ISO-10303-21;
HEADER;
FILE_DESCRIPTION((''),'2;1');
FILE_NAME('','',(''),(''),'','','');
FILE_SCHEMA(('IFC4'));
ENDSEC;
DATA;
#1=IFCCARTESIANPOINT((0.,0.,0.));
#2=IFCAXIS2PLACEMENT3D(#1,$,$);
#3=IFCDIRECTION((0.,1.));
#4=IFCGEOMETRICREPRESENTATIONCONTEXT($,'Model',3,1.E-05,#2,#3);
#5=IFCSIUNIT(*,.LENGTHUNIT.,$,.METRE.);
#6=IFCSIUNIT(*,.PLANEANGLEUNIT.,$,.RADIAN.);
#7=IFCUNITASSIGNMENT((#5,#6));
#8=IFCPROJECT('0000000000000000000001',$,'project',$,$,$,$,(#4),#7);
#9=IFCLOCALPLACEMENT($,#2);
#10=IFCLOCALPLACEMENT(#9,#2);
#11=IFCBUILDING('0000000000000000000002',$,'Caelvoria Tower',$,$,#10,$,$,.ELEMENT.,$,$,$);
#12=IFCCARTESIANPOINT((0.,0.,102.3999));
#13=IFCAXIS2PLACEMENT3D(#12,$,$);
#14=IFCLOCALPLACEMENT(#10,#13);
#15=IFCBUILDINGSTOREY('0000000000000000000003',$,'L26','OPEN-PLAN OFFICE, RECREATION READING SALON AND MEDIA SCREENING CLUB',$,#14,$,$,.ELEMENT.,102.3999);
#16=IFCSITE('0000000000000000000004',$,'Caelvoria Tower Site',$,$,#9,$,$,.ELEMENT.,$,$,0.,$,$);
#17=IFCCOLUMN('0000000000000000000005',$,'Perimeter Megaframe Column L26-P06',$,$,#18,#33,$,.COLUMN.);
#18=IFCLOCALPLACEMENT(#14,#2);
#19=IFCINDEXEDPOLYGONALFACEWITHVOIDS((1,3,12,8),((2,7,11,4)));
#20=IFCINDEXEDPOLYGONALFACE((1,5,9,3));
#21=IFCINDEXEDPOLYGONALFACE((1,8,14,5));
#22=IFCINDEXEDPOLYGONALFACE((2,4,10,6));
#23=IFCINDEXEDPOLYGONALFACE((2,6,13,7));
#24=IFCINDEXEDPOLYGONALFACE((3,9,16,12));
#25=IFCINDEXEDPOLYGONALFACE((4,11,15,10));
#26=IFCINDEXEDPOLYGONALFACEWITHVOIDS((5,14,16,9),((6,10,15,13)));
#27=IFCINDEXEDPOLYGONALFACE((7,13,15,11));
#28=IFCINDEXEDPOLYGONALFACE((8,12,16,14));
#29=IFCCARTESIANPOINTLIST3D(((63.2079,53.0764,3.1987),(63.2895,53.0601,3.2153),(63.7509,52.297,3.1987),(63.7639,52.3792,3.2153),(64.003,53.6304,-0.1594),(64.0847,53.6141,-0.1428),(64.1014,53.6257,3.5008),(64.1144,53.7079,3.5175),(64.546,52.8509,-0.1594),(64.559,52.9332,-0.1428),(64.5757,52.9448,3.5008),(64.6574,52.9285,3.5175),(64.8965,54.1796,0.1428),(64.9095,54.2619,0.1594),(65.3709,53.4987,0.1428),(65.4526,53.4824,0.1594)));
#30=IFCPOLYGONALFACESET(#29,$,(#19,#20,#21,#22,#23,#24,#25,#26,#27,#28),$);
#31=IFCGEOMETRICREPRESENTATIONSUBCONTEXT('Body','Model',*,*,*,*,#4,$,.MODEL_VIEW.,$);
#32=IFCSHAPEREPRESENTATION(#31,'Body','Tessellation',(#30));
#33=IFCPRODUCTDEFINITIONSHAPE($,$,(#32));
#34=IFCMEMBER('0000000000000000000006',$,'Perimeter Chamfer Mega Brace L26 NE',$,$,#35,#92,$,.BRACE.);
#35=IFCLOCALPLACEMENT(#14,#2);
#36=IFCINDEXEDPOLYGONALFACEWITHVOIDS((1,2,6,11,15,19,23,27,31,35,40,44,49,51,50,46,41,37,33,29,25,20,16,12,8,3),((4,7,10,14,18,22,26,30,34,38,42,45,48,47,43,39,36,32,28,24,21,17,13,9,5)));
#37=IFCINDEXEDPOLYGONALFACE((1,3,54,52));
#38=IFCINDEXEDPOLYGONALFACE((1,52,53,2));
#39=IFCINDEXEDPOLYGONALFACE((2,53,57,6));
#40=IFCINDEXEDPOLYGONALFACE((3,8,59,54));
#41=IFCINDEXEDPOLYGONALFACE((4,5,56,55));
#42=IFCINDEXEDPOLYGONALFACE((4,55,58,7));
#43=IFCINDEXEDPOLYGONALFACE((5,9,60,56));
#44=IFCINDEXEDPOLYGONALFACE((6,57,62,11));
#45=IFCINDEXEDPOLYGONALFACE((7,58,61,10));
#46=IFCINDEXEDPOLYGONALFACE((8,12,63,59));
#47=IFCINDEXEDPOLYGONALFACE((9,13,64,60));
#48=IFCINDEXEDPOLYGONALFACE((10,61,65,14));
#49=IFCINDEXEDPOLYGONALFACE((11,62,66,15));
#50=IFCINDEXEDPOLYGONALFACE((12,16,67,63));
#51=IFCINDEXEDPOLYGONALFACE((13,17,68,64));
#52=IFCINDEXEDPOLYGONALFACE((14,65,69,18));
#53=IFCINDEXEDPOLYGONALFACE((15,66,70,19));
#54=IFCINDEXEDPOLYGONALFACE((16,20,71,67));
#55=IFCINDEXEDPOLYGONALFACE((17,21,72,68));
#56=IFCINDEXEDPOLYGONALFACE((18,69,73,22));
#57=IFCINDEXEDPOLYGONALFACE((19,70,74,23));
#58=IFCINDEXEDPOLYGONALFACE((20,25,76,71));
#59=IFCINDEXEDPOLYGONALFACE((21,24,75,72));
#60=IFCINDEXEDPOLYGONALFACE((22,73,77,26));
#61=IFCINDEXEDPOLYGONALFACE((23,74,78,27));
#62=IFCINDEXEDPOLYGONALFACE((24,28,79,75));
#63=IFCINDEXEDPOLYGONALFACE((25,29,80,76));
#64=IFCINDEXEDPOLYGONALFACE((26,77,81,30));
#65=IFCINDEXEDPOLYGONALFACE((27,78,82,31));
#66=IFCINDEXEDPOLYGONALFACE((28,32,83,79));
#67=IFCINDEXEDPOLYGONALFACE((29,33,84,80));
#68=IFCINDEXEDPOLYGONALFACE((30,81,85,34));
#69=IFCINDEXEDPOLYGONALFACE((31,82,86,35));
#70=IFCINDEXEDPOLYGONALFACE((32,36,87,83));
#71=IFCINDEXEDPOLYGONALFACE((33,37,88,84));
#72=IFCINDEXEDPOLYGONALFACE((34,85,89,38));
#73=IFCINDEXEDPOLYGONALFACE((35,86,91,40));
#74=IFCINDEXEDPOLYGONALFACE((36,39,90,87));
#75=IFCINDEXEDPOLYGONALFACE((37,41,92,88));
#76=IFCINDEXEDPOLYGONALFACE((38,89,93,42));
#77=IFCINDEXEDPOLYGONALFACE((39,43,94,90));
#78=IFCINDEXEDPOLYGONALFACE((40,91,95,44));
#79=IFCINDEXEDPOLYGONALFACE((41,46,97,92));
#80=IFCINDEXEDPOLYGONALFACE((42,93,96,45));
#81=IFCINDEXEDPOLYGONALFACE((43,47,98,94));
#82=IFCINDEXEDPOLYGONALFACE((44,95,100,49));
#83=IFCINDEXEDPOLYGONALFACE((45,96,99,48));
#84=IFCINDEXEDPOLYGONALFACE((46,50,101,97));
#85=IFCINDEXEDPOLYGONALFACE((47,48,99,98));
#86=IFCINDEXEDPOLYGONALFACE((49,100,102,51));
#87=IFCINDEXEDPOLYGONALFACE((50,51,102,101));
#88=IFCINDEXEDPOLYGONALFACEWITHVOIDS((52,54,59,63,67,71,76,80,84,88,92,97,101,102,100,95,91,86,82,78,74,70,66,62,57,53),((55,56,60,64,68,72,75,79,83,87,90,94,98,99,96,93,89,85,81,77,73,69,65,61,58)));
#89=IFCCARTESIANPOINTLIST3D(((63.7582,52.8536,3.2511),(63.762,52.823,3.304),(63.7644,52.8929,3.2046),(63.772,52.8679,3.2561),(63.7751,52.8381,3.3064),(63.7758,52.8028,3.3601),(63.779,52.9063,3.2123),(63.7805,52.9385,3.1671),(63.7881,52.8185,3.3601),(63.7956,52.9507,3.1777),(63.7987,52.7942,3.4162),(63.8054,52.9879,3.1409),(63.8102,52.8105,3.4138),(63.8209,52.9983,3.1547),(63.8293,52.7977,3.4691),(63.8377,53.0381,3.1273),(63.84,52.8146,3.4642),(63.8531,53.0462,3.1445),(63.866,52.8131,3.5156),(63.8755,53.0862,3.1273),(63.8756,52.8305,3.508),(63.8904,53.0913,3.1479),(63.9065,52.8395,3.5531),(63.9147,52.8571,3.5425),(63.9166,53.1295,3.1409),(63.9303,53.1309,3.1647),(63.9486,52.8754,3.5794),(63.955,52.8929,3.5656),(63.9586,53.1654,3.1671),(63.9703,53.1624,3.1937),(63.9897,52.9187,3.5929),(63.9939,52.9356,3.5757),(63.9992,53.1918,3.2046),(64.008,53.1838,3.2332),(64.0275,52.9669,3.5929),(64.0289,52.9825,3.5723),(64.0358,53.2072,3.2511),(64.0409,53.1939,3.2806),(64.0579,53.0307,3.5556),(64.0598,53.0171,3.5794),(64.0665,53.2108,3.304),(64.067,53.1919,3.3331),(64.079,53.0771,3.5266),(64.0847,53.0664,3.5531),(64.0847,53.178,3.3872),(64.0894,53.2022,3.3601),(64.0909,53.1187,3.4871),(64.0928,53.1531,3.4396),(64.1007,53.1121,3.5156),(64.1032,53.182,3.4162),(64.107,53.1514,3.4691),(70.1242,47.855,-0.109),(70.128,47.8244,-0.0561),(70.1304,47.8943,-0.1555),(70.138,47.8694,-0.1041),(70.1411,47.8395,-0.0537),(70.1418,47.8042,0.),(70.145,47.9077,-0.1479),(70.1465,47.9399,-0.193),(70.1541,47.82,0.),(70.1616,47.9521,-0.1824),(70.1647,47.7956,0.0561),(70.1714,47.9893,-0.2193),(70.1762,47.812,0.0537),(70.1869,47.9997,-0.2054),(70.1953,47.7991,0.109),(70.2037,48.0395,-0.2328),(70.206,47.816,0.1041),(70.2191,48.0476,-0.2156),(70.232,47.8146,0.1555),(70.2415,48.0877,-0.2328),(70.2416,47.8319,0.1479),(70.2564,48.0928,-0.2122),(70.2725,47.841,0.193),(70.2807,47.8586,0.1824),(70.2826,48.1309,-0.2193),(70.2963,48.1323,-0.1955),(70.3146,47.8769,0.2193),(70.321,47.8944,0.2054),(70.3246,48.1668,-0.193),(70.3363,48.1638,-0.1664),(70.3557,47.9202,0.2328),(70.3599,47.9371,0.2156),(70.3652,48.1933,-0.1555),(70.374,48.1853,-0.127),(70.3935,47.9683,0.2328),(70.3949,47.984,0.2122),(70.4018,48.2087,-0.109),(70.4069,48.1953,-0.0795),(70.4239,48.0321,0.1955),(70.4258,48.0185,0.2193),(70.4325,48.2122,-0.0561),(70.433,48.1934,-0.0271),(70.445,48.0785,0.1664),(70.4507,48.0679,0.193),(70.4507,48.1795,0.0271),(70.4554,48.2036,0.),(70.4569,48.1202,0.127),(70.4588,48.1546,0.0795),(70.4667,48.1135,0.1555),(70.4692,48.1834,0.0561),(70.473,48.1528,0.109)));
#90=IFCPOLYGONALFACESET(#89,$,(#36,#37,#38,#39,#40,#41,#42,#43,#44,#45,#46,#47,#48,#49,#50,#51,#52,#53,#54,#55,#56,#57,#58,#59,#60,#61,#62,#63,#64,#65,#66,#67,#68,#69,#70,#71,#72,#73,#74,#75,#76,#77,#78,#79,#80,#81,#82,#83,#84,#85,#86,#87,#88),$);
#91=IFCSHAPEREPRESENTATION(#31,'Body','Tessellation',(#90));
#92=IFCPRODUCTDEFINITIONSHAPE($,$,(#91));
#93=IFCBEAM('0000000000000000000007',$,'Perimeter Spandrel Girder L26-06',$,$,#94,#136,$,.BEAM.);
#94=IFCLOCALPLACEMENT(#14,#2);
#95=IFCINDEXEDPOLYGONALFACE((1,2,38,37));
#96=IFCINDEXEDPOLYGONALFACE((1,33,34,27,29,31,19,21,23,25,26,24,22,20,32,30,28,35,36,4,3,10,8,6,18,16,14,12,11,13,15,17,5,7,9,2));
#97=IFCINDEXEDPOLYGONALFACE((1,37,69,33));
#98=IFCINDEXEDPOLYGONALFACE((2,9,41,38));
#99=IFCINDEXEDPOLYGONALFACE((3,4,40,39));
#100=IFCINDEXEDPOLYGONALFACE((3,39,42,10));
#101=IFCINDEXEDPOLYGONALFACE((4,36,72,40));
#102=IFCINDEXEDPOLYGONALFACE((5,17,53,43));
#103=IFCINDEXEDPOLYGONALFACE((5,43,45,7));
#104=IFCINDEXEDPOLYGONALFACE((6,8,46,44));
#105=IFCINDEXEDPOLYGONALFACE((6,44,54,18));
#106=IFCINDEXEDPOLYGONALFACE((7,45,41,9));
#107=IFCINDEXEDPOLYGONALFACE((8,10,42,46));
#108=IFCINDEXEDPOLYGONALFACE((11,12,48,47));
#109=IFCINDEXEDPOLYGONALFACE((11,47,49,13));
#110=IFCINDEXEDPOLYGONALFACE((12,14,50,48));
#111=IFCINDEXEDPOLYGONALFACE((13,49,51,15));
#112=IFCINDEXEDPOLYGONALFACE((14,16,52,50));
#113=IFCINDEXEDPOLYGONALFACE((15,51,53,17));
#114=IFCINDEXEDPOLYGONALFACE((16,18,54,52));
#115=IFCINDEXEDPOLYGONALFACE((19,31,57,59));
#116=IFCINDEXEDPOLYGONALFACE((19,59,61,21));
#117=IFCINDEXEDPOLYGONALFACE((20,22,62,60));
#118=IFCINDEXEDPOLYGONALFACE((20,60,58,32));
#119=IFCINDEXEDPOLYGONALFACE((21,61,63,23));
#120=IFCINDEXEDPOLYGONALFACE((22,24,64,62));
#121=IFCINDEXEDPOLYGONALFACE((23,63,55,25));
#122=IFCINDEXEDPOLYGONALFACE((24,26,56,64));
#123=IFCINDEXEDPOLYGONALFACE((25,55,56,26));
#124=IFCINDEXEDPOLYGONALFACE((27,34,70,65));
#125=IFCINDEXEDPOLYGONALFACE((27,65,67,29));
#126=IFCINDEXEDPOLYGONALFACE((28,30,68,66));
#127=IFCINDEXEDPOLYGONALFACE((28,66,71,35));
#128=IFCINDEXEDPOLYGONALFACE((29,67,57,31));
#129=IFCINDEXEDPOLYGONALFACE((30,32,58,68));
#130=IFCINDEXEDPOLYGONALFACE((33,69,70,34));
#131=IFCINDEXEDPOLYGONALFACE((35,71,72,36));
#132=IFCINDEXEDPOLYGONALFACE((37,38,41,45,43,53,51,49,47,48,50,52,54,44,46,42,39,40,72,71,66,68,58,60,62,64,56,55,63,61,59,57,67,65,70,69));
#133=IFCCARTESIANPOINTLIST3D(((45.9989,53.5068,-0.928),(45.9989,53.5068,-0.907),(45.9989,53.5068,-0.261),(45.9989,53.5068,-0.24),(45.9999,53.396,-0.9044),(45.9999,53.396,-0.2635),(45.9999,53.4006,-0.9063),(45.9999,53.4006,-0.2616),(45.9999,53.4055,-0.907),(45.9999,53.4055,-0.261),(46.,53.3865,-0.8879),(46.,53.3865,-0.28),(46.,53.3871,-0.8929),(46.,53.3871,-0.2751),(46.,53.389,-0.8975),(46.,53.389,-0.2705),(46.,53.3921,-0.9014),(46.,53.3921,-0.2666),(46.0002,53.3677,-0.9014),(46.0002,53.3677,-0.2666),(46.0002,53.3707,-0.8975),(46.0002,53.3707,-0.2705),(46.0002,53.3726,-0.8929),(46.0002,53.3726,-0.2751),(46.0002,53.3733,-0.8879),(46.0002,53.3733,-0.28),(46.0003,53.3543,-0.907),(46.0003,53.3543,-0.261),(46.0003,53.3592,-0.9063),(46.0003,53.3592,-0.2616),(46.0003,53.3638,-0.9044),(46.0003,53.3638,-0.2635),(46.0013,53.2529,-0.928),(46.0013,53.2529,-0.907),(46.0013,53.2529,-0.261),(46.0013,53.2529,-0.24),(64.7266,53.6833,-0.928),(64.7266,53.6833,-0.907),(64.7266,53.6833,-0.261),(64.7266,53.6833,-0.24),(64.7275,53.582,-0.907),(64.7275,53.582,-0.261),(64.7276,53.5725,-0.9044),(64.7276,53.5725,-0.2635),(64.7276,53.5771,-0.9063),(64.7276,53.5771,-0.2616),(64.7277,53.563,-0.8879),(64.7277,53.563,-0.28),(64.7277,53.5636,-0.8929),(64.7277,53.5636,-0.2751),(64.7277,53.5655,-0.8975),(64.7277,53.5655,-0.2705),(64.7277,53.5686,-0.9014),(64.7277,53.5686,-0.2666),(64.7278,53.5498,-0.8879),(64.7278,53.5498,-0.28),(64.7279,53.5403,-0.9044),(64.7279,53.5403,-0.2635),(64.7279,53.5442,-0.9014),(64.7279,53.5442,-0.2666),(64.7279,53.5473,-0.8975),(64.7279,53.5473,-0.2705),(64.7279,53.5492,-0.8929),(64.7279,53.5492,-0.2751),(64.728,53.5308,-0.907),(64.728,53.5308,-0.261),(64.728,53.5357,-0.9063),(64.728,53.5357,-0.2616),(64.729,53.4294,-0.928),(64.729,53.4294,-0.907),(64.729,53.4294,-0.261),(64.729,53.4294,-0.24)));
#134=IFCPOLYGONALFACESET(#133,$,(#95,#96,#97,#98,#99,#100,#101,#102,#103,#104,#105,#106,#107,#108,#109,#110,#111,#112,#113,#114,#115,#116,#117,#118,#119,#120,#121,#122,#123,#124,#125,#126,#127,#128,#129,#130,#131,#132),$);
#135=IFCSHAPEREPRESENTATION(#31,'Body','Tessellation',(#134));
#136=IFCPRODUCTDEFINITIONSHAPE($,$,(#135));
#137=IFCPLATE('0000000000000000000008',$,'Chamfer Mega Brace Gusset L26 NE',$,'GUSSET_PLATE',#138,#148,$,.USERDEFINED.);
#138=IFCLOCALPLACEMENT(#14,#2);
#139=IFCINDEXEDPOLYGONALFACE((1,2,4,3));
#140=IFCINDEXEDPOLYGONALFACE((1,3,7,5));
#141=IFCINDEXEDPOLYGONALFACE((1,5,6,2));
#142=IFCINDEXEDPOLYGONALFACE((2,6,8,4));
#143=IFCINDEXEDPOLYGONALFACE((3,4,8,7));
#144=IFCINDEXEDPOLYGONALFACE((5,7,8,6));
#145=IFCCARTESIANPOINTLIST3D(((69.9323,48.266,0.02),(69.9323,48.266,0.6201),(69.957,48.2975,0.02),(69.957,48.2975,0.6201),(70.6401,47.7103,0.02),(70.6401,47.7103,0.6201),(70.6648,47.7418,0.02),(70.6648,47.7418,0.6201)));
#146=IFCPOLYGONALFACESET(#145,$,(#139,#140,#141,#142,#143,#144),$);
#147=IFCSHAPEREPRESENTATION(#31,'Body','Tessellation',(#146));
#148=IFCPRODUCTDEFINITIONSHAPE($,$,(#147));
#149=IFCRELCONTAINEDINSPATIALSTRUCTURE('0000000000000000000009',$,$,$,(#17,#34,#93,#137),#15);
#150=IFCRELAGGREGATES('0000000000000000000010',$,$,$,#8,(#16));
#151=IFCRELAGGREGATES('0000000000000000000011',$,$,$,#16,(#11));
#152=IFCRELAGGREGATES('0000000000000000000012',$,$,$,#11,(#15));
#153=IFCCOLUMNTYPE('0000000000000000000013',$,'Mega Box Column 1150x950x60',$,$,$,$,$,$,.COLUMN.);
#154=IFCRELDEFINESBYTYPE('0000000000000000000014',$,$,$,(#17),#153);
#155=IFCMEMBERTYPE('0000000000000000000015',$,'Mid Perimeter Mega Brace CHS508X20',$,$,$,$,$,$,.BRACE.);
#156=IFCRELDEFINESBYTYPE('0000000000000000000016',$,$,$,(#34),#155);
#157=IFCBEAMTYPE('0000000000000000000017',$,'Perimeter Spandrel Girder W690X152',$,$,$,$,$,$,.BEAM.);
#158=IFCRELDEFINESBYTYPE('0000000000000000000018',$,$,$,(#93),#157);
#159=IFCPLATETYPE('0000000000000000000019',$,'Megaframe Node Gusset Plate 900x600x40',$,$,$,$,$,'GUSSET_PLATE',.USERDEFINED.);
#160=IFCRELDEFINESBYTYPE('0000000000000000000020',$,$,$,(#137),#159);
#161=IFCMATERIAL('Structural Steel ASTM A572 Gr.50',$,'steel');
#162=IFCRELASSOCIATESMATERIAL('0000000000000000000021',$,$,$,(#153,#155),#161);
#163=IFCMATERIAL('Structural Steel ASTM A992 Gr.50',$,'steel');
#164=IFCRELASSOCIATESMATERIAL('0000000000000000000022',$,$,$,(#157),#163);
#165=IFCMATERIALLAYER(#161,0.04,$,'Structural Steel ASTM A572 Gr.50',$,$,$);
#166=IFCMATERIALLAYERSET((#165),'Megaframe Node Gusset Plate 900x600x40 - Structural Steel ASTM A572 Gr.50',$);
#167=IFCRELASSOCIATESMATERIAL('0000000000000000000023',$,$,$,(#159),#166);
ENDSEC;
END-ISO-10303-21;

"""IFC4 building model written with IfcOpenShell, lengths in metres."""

from ifc_helpers import new_model, si_unit, direction, frame, origin, origin_2d, place, context, subcontext, project, spatial, rectangle, hollow_rectangle, hollow_circle, i_section, extrude, material, layer, layer_set, material_profile, profile_set, type_object, element, save


model = new_model("IFC4")

# Units and contexts
model_context = context("Model", 3, precision=1e-05, world=origin(), true_north=direction((0.0, 1.0)))
body_context = subcontext(model_context, "Body", "Model", "MODEL_VIEW")
ifc_project = project(units=[si_unit("LENGTHUNIT", "METRE"), si_unit("PLANEANGLEUNIT", "RADIAN")], contexts=[model_context])

# Site, building, storey
site_placement = place(None, origin())
site = spatial("IfcSite", under=ifc_project, at=site_placement, Name="Caelvoria Tower Site", CompositionType="ELEMENT", RefElevation=0.0)
building_placement = place(site_placement, origin())
building = spatial("IfcBuilding", under=site, at=building_placement, Name="Caelvoria Tower", CompositionType="ELEMENT")
storey_placement = place(building_placement, frame((0.0, 0.0, 102.3999)))
storey = spatial("IfcBuildingStorey", under=building, at=storey_placement, Name="L26", Description="OPEN-PLAN OFFICE, RECREATION READING SALON AND MEDIA SCREENING CLUB", CompositionType="ELEMENT", Elevation=102.3999)

# Column
ifc_material_1 = material(Name="Structural Steel ASTM A572 Gr.50", Category="steel")
ifc_material_profile_1 = material_profile(ifc_material_1, hollow_rectangle(XDim=0.95, YDim=1.1499, WallThickness=0.0601, at=origin_2d()), Name="Structural Steel ASTM A572 Gr.50")
ifc_profile_set_1 = profile_set([ifc_material_profile_1], Name="BOX1150X950X60 - Structural Steel ASTM A572 Gr.50")
column_type = type_object("IfcColumnType", Name="Mega Box Column 1150x950x60", PredefinedType="COLUMN", material=ifc_profile_set_1)
column_placement = place(storey_placement, frame((64.7278, 53.5564, 0.0), z_axis=(-0.227503, -0.158491, 0.960793), x_axis=(0.571618, -0.82052, 0.0)))
element("IfcColumn", 1, at=column_placement, inside=storey, type_object=column_type, Name="Perimeter Megaframe Column L26-P06", PredefinedType="COLUMN", context=body_context, shape_type="SweptSolid", body=[
    extrude(hollow_rectangle(XDim=0.95, YDim=1.1499, WallThickness=0.0601, at=origin_2d()), origin(), (0.0, 0.0, 1.0), 3.4951),
])

# Member
ifc_material_profile_2 = material_profile(ifc_material_1, hollow_circle(Radius=0.2539, WallThickness=0.02, at=origin_2d()), Name="Structural Steel ASTM A572 Gr.50")
ifc_profile_set_2 = profile_set([ifc_material_profile_2], Name="CHS508X20 - Structural Steel ASTM A572 Gr.50")
member_type = type_object("IfcMemberType", Name="Mid Perimeter Mega Brace CHS508X20", PredefinedType="BRACE", material=ifc_profile_set_2)
member_placement = place(storey_placement, frame((70.2986, 48.0039, 0.0), z_axis=(-0.726408, 0.570373, 0.383415), x_axis=(-0.61757, -0.786516, 0.0)))
element("IfcMember", 2, at=member_placement, inside=storey, type_object=member_type, Name="Perimeter Chamfer Mega Brace L26 NE", PredefinedType="BRACE", context=body_context, shape_type="SweptSolid", body=[
    extrude(hollow_circle(Radius=0.2539, WallThickness=0.02, at=origin_2d()), origin(), (0.0, 0.0, 1.0), 8.7637),
])

# Beam
ifc_material_2 = material(Name="Structural Steel ASTM A992 Gr.50", Category="steel")
ifc_material_profile_3 = material_profile(ifc_material_2, i_section(OverallWidth=0.2539, OverallDepth=0.688, WebThickness=0.0132, FlangeThickness=0.021, FilletRadius=0.019, at=origin_2d()), Name="Structural Steel ASTM A992 Gr.50")
ifc_profile_set_3 = profile_set([ifc_material_profile_3], Name="W690X152 - Structural Steel ASTM A992 Gr.50")
beam_type = type_object("IfcBeamType", Name="Perimeter Spandrel Girder W690X152", PredefinedType="BEAM", material=ifc_profile_set_3)
beam_placement = place(storey_placement, frame((64.7278, 53.5564, -0.584), z_axis=(-0.999956, -0.009425, 0.0), x_axis=(0.009425, -0.999956, 0.0)))
element("IfcBeam", 3, at=beam_placement, inside=storey, type_object=beam_type, Name="Perimeter Spandrel Girder L26-06", PredefinedType="BEAM", context=body_context, shape_type="SweptSolid", body=[
    extrude(i_section(OverallWidth=0.2539, OverallDepth=0.688, WebThickness=0.0132, FlangeThickness=0.021, FilletRadius=0.019, at=origin_2d()), origin(), (0.0, 0.0, 1.0), 18.7285),
])

# Plate
ifc_layer_1 = layer(ifc_material_1, 0.04, Name="Structural Steel ASTM A572 Gr.50")
ifc_layer_set_1 = layer_set([ifc_layer_1], Name="Megaframe Node Gusset Plate 900x600x40 - Structural Steel ASTM A572 Gr.50")
plate_type = type_object("IfcPlateType", Name="Megaframe Node Gusset Plate 900x600x40", ElementType="GUSSET_PLATE", PredefinedType="USERDEFINED", material=ifc_layer_set_1)
plate_placement = place(storey_placement, frame((70.2986, 48.0039, 0.02), z_axis=(0.0, 0.0, 1.0), x_axis=(-0.786535, 0.617545, 0.0)))
element("IfcPlate", 4, at=plate_placement, inside=storey, type_object=plate_type, Name="Chamfer Mega Brace Gusset L26 NE", ObjectType="GUSSET_PLATE", PredefinedType="USERDEFINED", context=body_context, shape_type="SweptSolid", body=[
    extrude(rectangle(XDim=0.8999, YDim=0.04, at=origin_2d()), origin(), (0.0, 0.0, 1.0), 0.6001),
])

save(model, "model.ifc")
